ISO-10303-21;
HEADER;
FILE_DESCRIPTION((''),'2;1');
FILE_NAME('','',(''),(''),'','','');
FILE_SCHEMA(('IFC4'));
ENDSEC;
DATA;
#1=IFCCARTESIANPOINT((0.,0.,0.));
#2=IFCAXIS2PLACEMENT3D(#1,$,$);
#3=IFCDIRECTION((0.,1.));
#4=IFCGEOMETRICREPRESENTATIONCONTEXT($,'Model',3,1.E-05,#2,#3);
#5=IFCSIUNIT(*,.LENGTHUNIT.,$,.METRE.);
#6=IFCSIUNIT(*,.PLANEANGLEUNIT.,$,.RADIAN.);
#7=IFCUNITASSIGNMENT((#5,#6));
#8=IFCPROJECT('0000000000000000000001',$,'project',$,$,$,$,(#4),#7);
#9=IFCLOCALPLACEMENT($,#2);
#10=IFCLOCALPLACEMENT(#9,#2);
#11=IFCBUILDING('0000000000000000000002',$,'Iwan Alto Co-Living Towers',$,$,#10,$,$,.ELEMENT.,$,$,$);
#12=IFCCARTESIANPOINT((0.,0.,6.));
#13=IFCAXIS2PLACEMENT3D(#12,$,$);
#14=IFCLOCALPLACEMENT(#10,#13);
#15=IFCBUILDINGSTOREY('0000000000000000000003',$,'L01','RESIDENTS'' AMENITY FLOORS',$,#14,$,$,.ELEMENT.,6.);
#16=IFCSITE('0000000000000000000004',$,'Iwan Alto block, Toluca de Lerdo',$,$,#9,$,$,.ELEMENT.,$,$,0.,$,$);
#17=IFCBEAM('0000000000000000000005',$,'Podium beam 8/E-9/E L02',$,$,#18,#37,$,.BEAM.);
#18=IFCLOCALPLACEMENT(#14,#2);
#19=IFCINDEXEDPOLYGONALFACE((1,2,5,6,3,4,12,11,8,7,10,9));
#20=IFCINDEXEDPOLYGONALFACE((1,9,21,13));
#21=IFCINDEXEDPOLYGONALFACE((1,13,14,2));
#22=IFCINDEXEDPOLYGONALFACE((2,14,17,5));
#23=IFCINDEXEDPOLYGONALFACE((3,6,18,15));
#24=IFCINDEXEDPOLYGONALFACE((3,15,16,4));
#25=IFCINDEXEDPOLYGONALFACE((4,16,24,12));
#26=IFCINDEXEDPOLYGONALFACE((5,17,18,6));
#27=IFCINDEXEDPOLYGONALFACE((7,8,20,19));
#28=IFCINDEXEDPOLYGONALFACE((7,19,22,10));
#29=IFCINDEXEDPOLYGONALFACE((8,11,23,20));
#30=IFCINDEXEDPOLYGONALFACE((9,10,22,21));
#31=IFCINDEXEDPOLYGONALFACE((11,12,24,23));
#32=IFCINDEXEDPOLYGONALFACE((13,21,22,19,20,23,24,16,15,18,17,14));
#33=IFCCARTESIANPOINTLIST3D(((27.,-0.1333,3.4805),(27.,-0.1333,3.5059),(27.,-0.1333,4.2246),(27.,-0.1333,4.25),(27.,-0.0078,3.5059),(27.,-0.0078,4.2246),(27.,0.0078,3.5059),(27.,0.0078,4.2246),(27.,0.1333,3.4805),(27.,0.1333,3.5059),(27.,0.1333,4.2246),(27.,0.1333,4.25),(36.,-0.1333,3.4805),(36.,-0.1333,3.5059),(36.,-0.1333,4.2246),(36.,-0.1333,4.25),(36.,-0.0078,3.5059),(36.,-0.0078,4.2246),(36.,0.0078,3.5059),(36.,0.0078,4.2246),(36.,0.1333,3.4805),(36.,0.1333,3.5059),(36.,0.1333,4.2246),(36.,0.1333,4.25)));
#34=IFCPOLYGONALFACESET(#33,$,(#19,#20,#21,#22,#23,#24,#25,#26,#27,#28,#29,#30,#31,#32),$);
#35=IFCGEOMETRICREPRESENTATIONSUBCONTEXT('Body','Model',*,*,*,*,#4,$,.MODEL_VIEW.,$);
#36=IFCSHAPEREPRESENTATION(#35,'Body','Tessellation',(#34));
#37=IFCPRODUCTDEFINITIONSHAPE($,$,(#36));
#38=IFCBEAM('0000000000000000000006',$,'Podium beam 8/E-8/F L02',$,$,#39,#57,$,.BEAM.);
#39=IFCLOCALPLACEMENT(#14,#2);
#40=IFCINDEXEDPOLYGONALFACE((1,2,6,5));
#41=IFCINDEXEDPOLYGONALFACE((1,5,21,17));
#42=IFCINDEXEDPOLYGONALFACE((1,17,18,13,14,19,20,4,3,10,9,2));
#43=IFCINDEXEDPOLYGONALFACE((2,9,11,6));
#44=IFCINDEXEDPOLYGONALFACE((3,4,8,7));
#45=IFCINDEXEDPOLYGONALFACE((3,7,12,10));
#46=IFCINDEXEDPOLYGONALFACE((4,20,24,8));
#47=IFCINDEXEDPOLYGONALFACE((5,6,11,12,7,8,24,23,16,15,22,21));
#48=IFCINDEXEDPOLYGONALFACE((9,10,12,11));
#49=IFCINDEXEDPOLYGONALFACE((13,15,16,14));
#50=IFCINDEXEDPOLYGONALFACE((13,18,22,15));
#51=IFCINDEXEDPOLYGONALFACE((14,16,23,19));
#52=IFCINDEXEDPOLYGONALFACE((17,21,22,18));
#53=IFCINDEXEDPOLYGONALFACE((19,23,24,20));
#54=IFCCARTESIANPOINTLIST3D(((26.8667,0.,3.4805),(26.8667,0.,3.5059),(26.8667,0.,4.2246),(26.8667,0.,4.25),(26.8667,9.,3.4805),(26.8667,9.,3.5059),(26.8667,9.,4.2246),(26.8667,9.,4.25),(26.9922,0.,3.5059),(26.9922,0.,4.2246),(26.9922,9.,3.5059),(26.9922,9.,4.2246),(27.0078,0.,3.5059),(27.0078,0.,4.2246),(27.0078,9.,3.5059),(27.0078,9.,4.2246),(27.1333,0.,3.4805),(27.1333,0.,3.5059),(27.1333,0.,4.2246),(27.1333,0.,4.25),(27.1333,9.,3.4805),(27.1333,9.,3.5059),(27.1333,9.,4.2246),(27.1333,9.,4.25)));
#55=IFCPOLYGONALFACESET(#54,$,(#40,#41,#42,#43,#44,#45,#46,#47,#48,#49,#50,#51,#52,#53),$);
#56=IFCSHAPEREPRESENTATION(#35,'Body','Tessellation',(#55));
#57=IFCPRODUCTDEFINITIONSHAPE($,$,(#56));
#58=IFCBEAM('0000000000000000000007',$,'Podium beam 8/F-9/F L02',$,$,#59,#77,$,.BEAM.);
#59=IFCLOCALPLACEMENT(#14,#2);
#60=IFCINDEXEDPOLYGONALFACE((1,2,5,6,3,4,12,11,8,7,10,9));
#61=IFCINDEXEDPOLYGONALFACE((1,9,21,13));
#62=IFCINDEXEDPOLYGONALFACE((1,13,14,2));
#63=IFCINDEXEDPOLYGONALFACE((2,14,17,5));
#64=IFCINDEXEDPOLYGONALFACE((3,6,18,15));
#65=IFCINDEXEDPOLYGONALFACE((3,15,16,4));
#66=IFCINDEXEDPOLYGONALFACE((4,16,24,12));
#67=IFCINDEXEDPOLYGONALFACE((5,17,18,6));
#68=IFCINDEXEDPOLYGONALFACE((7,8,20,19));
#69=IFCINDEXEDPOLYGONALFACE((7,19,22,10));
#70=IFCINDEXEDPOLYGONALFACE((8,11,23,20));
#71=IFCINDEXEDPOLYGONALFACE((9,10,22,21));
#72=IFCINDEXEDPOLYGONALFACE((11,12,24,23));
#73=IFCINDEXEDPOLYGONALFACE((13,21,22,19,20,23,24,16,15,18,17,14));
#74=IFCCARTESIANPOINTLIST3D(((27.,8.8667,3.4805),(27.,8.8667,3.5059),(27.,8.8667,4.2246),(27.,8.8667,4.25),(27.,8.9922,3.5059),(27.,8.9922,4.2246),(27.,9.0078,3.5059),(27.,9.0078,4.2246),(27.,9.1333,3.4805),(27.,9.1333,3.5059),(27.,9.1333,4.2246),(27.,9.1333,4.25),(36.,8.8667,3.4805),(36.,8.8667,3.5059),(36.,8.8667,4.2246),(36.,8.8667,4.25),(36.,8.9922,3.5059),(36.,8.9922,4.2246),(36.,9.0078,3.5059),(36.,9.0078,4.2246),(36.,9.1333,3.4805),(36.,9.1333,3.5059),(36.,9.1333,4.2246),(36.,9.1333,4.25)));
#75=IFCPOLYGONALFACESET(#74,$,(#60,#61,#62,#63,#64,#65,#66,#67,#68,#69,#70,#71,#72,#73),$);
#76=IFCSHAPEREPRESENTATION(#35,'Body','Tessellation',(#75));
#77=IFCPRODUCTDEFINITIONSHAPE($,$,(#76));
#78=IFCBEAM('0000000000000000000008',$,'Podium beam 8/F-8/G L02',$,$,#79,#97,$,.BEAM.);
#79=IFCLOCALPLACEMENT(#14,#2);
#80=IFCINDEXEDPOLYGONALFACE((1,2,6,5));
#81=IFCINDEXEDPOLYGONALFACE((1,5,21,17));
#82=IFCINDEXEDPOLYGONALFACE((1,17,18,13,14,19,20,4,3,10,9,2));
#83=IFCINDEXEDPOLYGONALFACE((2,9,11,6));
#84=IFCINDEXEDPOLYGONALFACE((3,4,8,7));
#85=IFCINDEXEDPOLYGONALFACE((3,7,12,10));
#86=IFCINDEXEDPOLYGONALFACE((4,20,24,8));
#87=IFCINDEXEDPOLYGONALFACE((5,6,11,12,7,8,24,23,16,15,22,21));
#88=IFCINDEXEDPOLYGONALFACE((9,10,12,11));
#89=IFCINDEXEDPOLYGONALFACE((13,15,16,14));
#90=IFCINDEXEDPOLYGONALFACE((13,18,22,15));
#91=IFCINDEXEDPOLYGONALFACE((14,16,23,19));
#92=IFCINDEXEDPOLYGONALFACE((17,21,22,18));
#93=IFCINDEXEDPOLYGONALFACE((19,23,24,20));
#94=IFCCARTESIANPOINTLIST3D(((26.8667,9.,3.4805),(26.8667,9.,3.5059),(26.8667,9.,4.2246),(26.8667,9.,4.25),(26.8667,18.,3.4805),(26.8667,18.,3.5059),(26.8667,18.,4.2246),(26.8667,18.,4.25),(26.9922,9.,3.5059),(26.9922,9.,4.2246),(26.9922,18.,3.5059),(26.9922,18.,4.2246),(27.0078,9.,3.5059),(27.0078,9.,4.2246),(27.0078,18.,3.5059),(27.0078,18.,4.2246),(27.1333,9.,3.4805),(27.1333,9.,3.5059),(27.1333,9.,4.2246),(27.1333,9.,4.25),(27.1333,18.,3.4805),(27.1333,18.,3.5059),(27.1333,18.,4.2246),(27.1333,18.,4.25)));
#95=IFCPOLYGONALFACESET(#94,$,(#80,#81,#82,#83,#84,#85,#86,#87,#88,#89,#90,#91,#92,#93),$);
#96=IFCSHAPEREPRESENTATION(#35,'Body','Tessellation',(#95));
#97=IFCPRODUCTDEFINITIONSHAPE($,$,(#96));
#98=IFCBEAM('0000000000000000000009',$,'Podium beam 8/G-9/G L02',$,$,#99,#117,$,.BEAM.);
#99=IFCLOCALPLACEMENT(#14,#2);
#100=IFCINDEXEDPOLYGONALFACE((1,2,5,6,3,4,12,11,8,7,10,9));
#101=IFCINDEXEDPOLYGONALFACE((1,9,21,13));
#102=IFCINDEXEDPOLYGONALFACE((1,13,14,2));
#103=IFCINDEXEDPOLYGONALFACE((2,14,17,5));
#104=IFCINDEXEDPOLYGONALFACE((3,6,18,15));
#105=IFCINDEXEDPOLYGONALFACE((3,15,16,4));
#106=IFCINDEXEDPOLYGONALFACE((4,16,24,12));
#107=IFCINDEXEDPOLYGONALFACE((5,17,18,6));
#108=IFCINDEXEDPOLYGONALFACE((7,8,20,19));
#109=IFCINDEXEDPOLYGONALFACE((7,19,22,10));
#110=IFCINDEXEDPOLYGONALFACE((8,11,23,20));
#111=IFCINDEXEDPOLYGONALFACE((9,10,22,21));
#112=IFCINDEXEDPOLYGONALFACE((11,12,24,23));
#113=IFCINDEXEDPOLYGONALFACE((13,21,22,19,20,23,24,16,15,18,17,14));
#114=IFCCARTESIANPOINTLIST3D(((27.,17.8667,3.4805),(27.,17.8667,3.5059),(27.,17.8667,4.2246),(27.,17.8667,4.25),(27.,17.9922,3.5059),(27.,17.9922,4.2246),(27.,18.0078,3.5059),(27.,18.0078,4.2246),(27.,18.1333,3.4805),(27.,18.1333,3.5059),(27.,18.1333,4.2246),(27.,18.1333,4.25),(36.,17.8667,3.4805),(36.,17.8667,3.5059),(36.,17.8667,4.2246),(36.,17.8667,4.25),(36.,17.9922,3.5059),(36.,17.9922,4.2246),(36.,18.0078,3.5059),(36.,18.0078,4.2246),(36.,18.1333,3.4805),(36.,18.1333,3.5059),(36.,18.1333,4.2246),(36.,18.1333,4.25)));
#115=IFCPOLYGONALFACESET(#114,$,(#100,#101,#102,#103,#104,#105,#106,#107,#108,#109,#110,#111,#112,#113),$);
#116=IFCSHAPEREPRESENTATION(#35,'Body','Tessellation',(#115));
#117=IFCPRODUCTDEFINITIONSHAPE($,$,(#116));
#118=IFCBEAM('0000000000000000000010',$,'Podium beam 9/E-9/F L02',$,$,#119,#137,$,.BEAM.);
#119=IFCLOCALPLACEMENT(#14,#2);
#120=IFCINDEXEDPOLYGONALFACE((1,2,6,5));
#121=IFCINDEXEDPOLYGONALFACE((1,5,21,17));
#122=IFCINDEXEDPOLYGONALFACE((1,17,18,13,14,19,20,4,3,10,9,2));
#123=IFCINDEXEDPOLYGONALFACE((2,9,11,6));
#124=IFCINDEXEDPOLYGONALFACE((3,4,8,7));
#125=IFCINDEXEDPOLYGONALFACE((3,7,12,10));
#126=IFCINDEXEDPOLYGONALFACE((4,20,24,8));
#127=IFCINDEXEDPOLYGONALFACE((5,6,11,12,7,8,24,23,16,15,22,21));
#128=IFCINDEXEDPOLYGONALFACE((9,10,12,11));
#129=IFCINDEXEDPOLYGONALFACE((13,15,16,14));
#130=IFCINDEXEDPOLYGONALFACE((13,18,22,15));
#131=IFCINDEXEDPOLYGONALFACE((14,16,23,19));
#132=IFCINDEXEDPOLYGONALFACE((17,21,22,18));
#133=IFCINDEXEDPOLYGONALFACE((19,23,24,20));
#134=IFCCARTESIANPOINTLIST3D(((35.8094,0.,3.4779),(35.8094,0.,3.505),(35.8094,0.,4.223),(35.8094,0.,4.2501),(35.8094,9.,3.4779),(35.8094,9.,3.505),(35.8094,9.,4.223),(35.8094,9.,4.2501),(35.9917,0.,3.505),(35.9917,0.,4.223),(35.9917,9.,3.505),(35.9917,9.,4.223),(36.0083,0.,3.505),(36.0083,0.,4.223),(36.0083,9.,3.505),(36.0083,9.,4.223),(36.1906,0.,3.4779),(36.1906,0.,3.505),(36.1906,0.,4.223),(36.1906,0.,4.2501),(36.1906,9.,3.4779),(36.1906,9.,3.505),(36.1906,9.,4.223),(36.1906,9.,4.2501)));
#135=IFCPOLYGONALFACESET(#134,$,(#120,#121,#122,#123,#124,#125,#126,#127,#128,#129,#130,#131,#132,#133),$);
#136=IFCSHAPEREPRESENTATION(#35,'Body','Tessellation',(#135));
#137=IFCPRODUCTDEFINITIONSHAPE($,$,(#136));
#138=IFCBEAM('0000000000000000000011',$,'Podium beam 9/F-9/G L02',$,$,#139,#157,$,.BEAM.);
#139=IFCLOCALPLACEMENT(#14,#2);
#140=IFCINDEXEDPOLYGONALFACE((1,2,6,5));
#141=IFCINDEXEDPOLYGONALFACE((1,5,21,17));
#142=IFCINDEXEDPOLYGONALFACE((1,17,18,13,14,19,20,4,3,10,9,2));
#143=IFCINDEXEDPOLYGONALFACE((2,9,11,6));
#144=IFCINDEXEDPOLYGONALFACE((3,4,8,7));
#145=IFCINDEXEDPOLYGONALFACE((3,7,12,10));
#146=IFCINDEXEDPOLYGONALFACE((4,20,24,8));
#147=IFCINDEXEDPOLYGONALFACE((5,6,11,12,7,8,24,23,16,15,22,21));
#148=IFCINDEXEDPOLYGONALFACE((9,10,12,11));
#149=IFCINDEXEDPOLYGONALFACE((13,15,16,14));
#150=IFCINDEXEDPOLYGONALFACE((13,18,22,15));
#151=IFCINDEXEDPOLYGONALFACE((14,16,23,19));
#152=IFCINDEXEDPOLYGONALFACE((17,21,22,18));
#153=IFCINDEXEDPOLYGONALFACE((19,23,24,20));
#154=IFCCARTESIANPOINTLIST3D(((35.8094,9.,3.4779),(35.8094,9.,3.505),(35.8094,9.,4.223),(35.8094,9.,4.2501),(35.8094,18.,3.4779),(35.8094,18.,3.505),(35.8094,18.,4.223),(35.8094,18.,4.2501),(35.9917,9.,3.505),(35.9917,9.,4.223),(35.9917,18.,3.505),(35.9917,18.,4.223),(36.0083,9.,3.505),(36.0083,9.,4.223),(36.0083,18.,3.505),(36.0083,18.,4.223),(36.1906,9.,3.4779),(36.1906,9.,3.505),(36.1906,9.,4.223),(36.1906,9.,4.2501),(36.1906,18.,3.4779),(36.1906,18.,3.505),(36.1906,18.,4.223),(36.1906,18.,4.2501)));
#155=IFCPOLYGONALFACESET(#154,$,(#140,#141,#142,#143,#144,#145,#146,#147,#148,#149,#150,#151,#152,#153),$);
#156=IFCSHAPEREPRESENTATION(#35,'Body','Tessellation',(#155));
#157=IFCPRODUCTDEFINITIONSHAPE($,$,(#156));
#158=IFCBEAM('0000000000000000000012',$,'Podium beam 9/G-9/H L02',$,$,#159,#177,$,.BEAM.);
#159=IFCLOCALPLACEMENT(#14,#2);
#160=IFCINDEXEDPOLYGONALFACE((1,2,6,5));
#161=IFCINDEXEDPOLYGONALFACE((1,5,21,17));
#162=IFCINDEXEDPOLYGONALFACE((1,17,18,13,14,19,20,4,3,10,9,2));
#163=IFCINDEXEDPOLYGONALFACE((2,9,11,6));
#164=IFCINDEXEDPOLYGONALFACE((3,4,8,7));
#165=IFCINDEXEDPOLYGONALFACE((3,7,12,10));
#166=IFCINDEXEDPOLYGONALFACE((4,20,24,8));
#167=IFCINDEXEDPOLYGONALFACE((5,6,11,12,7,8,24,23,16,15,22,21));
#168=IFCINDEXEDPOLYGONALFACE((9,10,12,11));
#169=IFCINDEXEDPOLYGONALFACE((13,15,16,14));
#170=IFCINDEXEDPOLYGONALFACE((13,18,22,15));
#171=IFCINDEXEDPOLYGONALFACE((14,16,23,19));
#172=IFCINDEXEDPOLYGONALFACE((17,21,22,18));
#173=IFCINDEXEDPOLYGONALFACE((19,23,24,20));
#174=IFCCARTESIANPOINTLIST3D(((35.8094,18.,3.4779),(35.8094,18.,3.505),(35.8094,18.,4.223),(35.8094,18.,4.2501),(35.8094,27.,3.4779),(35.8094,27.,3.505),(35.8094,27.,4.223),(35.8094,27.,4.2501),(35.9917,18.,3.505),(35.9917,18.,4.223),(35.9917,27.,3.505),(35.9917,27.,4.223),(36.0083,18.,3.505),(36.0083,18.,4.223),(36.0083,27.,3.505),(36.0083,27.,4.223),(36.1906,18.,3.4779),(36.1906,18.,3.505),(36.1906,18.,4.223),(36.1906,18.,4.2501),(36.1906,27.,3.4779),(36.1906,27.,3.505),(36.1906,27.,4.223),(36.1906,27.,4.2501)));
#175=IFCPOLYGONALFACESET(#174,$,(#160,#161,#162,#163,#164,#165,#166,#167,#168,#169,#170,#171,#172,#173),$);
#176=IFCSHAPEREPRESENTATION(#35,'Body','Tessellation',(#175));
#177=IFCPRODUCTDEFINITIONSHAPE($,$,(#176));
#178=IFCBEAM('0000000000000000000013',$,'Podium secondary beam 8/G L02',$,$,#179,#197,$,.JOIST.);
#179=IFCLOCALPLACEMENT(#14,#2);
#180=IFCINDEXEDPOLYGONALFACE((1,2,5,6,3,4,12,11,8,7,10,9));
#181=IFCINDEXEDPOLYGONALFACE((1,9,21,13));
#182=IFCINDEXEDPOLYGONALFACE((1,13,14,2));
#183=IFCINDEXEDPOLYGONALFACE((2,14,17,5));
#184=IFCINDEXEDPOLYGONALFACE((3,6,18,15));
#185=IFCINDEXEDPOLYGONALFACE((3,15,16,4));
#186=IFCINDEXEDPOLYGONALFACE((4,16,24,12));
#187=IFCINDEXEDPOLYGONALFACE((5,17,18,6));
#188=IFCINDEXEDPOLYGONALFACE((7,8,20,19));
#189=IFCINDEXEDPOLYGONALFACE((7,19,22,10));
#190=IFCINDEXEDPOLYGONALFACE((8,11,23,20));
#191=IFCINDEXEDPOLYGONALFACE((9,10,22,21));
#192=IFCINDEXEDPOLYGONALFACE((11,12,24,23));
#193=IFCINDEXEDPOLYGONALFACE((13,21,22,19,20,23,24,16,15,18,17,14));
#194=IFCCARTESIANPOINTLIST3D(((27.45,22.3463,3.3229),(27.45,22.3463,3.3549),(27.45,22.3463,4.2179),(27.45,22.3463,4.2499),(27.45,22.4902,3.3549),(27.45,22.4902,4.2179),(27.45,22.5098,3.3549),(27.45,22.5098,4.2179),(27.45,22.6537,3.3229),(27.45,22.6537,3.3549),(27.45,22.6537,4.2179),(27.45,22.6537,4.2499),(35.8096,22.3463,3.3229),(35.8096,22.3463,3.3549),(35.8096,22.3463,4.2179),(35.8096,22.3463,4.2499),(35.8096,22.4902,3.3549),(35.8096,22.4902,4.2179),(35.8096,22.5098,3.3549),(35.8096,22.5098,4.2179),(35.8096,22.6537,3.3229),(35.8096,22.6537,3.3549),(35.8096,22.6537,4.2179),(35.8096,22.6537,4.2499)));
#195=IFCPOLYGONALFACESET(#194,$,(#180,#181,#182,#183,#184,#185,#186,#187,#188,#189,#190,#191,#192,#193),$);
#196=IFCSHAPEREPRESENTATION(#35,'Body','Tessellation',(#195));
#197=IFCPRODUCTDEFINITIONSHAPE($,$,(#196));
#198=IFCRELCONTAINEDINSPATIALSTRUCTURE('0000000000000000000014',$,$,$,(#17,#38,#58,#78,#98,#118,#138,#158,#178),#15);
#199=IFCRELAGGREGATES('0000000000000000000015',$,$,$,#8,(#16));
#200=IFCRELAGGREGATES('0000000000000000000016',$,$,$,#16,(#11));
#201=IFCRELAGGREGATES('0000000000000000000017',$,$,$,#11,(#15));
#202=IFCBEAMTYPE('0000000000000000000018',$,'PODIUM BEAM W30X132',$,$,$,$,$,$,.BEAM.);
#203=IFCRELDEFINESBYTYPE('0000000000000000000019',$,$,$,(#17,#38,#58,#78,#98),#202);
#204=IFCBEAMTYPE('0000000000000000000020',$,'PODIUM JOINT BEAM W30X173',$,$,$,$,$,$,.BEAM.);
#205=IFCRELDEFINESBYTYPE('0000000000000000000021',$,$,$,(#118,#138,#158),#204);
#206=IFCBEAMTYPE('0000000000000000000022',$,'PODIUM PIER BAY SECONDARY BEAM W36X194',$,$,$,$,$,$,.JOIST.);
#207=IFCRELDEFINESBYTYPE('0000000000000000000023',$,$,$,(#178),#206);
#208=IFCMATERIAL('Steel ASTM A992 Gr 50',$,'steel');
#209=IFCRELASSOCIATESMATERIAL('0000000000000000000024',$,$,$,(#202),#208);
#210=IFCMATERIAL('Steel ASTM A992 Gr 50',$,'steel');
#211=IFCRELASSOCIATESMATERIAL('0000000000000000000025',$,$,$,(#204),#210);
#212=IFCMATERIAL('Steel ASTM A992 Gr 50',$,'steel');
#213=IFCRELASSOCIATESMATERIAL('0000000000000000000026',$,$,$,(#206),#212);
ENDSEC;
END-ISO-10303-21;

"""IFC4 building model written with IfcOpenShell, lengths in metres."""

from ifc_helpers import new_model, si_unit, direction, frame, origin, origin_2d, place, context, subcontext, project, spatial, i_section, extrude, material, material_profile, profile_set, type_object, element, save


model = new_model("IFC4")

# Units and contexts
model_context = context("Model", 3, precision=1e-05, world=origin(), true_north=direction((0.0, 1.0)))
body_context = subcontext(model_context, "Body", "Model", "MODEL_VIEW")
ifc_project = project(units=[si_unit("LENGTHUNIT", "METRE"), si_unit("PLANEANGLEUNIT", "RADIAN")], contexts=[model_context])

# Site, building, storey
site_placement = place(None, origin())
site = spatial("IfcSite", under=ifc_project, at=site_placement, Name="Iwan Alto block, Toluca de Lerdo", CompositionType="ELEMENT", RefElevation=0.0)
building_placement = place(site_placement, origin())
building = spatial("IfcBuilding", under=site, at=building_placement, Name="Iwan Alto Co-Living Towers", CompositionType="ELEMENT")
storey_placement = place(building_placement, frame((0.0, 0.0, 6.0)))
storey = spatial("IfcBuildingStorey", under=building, at=storey_placement, Name="L01", Description="RESIDENTS' AMENITY FLOORS", CompositionType="ELEMENT", Elevation=6.0)

# Beams
ifc_material_1 = material(Name="Steel ASTM A992 Gr 50", Category="steel")
ifc_material_profile_1 = material_profile(ifc_material_1, i_section(OverallWidth=0.2666, OverallDepth=0.7695, WebThickness=0.0156, FlangeThickness=0.0254, at=origin_2d()), Name="W30X132")
ifc_profile_set_1 = profile_set([ifc_material_profile_1], Name="Steel ASTM A992 Gr 50")
beam_type_1 = type_object("IfcBeamType", Name="PODIUM BEAM W30X132", PredefinedType="BEAM", material=ifc_profile_set_1)
for number, where, z_axis, x_axis, name in (
    (1, (27.0, 0.0, 3.8652), (1.0, 0.0, 0.0), (0.0, 1.0, 0.0), "Podium beam 8/E-9/E L02"),
    (2, (27.0, 0.0, 3.8652), (0.0, 1.0, 0.0), (-1.0, 0.0, 0.0), "Podium beam 8/E-8/F L02"),
    (3, (27.0, 9.0, 3.8652), (1.0, 0.0, 0.0), (0.0, 1.0, 0.0), "Podium beam 8/F-9/F L02"),
    (4, (27.0, 9.0, 3.8652), (0.0, 1.0, 0.0), (-1.0, 0.0, 0.0), "Podium beam 8/F-8/G L02"),
    (5, (27.0, 18.0, 3.8652), (1.0, 0.0, 0.0), (0.0, 1.0, 0.0), "Podium beam 8/G-9/G L02"),
):
    element("IfcBeam", number, at=place(storey_placement, frame(where, z_axis=z_axis, x_axis=x_axis)), inside=storey, type_object=beam_type_1, Name=name, PredefinedType="BEAM", context=body_context, shape_type="SweptSolid", body=[
        extrude(i_section(OverallWidth=0.2666, OverallDepth=0.7695, WebThickness=0.0156, FlangeThickness=0.0254, at=origin_2d()), origin(), (0.0, 0.0, 1.0), 9.0),
    ])
ifc_material_2 = material(Name="Steel ASTM A992 Gr 50", Category="steel")
ifc_material_profile_2 = material_profile(ifc_material_2, i_section(OverallWidth=0.3811, OverallDepth=0.7722, WebThickness=0.0166, FlangeThickness=0.0271, at=origin_2d()), Name="W30X173")
ifc_profile_set_2 = profile_set([ifc_material_profile_2], Name="Steel ASTM A992 Gr 50")
beam_type_2 = type_object("IfcBeamType", Name="PODIUM JOINT BEAM W30X173", PredefinedType="BEAM", material=ifc_profile_set_2)
for number, where, z_axis, x_axis, name in (
    (6, (36.0, 0.0, 3.864), (0.0, 1.0, 0.0), (-1.0, 0.0, 0.0), "Podium beam 9/E-9/F L02"),
    (7, (36.0, 9.0, 3.864), (0.0, 1.0, 0.0), (-1.0, 0.0, 0.0), "Podium beam 9/F-9/G L02"),
    (8, (36.0, 18.0, 3.864), (0.0, 1.0, 0.0), (-1.0, 0.0, 0.0), "Podium beam 9/G-9/H L02"),
):
    element("IfcBeam", number, at=place(storey_placement, frame(where, z_axis=z_axis, x_axis=x_axis)), inside=storey, type_object=beam_type_2, Name=name, PredefinedType="BEAM", context=body_context, shape_type="SweptSolid", body=[
        extrude(i_section(OverallWidth=0.3811, OverallDepth=0.7722, WebThickness=0.0166, FlangeThickness=0.0271, at=origin_2d()), origin(), (0.0, 0.0, 1.0), 9.0),
    ])
ifc_material_3 = material(Name="Steel ASTM A992 Gr 50", Category="steel")
ifc_material_profile_3 = material_profile(ifc_material_3, i_section(OverallWidth=0.3074, OverallDepth=0.927, WebThickness=0.0195, FlangeThickness=0.032, at=origin_2d()), Name="W36X194")
ifc_profile_set_3 = profile_set([ifc_material_profile_3], Name="Steel ASTM A992 Gr 50")
beam_type_3 = type_object("IfcBeamType", Name="PODIUM PIER BAY SECONDARY BEAM W36X194", PredefinedType="JOIST", material=ifc_profile_set_3)
beam_1_placement = place(storey_placement, frame((27.45, 22.5, 3.7864), z_axis=(1.0, 0.0, 0.0), x_axis=(0.0, 1.0, 0.0)))
element("IfcBeam", 9, at=beam_1_placement, inside=storey, type_object=beam_type_3, Name="Podium secondary beam 8/G L02", PredefinedType="JOIST", context=body_context, shape_type="SweptSolid", body=[
    extrude(i_section(OverallWidth=0.3074, OverallDepth=0.927, WebThickness=0.0195, FlangeThickness=0.032, at=origin_2d()), origin(), (0.0, 0.0, 1.0), 8.3596),
])

save(model, "model.ifc")
